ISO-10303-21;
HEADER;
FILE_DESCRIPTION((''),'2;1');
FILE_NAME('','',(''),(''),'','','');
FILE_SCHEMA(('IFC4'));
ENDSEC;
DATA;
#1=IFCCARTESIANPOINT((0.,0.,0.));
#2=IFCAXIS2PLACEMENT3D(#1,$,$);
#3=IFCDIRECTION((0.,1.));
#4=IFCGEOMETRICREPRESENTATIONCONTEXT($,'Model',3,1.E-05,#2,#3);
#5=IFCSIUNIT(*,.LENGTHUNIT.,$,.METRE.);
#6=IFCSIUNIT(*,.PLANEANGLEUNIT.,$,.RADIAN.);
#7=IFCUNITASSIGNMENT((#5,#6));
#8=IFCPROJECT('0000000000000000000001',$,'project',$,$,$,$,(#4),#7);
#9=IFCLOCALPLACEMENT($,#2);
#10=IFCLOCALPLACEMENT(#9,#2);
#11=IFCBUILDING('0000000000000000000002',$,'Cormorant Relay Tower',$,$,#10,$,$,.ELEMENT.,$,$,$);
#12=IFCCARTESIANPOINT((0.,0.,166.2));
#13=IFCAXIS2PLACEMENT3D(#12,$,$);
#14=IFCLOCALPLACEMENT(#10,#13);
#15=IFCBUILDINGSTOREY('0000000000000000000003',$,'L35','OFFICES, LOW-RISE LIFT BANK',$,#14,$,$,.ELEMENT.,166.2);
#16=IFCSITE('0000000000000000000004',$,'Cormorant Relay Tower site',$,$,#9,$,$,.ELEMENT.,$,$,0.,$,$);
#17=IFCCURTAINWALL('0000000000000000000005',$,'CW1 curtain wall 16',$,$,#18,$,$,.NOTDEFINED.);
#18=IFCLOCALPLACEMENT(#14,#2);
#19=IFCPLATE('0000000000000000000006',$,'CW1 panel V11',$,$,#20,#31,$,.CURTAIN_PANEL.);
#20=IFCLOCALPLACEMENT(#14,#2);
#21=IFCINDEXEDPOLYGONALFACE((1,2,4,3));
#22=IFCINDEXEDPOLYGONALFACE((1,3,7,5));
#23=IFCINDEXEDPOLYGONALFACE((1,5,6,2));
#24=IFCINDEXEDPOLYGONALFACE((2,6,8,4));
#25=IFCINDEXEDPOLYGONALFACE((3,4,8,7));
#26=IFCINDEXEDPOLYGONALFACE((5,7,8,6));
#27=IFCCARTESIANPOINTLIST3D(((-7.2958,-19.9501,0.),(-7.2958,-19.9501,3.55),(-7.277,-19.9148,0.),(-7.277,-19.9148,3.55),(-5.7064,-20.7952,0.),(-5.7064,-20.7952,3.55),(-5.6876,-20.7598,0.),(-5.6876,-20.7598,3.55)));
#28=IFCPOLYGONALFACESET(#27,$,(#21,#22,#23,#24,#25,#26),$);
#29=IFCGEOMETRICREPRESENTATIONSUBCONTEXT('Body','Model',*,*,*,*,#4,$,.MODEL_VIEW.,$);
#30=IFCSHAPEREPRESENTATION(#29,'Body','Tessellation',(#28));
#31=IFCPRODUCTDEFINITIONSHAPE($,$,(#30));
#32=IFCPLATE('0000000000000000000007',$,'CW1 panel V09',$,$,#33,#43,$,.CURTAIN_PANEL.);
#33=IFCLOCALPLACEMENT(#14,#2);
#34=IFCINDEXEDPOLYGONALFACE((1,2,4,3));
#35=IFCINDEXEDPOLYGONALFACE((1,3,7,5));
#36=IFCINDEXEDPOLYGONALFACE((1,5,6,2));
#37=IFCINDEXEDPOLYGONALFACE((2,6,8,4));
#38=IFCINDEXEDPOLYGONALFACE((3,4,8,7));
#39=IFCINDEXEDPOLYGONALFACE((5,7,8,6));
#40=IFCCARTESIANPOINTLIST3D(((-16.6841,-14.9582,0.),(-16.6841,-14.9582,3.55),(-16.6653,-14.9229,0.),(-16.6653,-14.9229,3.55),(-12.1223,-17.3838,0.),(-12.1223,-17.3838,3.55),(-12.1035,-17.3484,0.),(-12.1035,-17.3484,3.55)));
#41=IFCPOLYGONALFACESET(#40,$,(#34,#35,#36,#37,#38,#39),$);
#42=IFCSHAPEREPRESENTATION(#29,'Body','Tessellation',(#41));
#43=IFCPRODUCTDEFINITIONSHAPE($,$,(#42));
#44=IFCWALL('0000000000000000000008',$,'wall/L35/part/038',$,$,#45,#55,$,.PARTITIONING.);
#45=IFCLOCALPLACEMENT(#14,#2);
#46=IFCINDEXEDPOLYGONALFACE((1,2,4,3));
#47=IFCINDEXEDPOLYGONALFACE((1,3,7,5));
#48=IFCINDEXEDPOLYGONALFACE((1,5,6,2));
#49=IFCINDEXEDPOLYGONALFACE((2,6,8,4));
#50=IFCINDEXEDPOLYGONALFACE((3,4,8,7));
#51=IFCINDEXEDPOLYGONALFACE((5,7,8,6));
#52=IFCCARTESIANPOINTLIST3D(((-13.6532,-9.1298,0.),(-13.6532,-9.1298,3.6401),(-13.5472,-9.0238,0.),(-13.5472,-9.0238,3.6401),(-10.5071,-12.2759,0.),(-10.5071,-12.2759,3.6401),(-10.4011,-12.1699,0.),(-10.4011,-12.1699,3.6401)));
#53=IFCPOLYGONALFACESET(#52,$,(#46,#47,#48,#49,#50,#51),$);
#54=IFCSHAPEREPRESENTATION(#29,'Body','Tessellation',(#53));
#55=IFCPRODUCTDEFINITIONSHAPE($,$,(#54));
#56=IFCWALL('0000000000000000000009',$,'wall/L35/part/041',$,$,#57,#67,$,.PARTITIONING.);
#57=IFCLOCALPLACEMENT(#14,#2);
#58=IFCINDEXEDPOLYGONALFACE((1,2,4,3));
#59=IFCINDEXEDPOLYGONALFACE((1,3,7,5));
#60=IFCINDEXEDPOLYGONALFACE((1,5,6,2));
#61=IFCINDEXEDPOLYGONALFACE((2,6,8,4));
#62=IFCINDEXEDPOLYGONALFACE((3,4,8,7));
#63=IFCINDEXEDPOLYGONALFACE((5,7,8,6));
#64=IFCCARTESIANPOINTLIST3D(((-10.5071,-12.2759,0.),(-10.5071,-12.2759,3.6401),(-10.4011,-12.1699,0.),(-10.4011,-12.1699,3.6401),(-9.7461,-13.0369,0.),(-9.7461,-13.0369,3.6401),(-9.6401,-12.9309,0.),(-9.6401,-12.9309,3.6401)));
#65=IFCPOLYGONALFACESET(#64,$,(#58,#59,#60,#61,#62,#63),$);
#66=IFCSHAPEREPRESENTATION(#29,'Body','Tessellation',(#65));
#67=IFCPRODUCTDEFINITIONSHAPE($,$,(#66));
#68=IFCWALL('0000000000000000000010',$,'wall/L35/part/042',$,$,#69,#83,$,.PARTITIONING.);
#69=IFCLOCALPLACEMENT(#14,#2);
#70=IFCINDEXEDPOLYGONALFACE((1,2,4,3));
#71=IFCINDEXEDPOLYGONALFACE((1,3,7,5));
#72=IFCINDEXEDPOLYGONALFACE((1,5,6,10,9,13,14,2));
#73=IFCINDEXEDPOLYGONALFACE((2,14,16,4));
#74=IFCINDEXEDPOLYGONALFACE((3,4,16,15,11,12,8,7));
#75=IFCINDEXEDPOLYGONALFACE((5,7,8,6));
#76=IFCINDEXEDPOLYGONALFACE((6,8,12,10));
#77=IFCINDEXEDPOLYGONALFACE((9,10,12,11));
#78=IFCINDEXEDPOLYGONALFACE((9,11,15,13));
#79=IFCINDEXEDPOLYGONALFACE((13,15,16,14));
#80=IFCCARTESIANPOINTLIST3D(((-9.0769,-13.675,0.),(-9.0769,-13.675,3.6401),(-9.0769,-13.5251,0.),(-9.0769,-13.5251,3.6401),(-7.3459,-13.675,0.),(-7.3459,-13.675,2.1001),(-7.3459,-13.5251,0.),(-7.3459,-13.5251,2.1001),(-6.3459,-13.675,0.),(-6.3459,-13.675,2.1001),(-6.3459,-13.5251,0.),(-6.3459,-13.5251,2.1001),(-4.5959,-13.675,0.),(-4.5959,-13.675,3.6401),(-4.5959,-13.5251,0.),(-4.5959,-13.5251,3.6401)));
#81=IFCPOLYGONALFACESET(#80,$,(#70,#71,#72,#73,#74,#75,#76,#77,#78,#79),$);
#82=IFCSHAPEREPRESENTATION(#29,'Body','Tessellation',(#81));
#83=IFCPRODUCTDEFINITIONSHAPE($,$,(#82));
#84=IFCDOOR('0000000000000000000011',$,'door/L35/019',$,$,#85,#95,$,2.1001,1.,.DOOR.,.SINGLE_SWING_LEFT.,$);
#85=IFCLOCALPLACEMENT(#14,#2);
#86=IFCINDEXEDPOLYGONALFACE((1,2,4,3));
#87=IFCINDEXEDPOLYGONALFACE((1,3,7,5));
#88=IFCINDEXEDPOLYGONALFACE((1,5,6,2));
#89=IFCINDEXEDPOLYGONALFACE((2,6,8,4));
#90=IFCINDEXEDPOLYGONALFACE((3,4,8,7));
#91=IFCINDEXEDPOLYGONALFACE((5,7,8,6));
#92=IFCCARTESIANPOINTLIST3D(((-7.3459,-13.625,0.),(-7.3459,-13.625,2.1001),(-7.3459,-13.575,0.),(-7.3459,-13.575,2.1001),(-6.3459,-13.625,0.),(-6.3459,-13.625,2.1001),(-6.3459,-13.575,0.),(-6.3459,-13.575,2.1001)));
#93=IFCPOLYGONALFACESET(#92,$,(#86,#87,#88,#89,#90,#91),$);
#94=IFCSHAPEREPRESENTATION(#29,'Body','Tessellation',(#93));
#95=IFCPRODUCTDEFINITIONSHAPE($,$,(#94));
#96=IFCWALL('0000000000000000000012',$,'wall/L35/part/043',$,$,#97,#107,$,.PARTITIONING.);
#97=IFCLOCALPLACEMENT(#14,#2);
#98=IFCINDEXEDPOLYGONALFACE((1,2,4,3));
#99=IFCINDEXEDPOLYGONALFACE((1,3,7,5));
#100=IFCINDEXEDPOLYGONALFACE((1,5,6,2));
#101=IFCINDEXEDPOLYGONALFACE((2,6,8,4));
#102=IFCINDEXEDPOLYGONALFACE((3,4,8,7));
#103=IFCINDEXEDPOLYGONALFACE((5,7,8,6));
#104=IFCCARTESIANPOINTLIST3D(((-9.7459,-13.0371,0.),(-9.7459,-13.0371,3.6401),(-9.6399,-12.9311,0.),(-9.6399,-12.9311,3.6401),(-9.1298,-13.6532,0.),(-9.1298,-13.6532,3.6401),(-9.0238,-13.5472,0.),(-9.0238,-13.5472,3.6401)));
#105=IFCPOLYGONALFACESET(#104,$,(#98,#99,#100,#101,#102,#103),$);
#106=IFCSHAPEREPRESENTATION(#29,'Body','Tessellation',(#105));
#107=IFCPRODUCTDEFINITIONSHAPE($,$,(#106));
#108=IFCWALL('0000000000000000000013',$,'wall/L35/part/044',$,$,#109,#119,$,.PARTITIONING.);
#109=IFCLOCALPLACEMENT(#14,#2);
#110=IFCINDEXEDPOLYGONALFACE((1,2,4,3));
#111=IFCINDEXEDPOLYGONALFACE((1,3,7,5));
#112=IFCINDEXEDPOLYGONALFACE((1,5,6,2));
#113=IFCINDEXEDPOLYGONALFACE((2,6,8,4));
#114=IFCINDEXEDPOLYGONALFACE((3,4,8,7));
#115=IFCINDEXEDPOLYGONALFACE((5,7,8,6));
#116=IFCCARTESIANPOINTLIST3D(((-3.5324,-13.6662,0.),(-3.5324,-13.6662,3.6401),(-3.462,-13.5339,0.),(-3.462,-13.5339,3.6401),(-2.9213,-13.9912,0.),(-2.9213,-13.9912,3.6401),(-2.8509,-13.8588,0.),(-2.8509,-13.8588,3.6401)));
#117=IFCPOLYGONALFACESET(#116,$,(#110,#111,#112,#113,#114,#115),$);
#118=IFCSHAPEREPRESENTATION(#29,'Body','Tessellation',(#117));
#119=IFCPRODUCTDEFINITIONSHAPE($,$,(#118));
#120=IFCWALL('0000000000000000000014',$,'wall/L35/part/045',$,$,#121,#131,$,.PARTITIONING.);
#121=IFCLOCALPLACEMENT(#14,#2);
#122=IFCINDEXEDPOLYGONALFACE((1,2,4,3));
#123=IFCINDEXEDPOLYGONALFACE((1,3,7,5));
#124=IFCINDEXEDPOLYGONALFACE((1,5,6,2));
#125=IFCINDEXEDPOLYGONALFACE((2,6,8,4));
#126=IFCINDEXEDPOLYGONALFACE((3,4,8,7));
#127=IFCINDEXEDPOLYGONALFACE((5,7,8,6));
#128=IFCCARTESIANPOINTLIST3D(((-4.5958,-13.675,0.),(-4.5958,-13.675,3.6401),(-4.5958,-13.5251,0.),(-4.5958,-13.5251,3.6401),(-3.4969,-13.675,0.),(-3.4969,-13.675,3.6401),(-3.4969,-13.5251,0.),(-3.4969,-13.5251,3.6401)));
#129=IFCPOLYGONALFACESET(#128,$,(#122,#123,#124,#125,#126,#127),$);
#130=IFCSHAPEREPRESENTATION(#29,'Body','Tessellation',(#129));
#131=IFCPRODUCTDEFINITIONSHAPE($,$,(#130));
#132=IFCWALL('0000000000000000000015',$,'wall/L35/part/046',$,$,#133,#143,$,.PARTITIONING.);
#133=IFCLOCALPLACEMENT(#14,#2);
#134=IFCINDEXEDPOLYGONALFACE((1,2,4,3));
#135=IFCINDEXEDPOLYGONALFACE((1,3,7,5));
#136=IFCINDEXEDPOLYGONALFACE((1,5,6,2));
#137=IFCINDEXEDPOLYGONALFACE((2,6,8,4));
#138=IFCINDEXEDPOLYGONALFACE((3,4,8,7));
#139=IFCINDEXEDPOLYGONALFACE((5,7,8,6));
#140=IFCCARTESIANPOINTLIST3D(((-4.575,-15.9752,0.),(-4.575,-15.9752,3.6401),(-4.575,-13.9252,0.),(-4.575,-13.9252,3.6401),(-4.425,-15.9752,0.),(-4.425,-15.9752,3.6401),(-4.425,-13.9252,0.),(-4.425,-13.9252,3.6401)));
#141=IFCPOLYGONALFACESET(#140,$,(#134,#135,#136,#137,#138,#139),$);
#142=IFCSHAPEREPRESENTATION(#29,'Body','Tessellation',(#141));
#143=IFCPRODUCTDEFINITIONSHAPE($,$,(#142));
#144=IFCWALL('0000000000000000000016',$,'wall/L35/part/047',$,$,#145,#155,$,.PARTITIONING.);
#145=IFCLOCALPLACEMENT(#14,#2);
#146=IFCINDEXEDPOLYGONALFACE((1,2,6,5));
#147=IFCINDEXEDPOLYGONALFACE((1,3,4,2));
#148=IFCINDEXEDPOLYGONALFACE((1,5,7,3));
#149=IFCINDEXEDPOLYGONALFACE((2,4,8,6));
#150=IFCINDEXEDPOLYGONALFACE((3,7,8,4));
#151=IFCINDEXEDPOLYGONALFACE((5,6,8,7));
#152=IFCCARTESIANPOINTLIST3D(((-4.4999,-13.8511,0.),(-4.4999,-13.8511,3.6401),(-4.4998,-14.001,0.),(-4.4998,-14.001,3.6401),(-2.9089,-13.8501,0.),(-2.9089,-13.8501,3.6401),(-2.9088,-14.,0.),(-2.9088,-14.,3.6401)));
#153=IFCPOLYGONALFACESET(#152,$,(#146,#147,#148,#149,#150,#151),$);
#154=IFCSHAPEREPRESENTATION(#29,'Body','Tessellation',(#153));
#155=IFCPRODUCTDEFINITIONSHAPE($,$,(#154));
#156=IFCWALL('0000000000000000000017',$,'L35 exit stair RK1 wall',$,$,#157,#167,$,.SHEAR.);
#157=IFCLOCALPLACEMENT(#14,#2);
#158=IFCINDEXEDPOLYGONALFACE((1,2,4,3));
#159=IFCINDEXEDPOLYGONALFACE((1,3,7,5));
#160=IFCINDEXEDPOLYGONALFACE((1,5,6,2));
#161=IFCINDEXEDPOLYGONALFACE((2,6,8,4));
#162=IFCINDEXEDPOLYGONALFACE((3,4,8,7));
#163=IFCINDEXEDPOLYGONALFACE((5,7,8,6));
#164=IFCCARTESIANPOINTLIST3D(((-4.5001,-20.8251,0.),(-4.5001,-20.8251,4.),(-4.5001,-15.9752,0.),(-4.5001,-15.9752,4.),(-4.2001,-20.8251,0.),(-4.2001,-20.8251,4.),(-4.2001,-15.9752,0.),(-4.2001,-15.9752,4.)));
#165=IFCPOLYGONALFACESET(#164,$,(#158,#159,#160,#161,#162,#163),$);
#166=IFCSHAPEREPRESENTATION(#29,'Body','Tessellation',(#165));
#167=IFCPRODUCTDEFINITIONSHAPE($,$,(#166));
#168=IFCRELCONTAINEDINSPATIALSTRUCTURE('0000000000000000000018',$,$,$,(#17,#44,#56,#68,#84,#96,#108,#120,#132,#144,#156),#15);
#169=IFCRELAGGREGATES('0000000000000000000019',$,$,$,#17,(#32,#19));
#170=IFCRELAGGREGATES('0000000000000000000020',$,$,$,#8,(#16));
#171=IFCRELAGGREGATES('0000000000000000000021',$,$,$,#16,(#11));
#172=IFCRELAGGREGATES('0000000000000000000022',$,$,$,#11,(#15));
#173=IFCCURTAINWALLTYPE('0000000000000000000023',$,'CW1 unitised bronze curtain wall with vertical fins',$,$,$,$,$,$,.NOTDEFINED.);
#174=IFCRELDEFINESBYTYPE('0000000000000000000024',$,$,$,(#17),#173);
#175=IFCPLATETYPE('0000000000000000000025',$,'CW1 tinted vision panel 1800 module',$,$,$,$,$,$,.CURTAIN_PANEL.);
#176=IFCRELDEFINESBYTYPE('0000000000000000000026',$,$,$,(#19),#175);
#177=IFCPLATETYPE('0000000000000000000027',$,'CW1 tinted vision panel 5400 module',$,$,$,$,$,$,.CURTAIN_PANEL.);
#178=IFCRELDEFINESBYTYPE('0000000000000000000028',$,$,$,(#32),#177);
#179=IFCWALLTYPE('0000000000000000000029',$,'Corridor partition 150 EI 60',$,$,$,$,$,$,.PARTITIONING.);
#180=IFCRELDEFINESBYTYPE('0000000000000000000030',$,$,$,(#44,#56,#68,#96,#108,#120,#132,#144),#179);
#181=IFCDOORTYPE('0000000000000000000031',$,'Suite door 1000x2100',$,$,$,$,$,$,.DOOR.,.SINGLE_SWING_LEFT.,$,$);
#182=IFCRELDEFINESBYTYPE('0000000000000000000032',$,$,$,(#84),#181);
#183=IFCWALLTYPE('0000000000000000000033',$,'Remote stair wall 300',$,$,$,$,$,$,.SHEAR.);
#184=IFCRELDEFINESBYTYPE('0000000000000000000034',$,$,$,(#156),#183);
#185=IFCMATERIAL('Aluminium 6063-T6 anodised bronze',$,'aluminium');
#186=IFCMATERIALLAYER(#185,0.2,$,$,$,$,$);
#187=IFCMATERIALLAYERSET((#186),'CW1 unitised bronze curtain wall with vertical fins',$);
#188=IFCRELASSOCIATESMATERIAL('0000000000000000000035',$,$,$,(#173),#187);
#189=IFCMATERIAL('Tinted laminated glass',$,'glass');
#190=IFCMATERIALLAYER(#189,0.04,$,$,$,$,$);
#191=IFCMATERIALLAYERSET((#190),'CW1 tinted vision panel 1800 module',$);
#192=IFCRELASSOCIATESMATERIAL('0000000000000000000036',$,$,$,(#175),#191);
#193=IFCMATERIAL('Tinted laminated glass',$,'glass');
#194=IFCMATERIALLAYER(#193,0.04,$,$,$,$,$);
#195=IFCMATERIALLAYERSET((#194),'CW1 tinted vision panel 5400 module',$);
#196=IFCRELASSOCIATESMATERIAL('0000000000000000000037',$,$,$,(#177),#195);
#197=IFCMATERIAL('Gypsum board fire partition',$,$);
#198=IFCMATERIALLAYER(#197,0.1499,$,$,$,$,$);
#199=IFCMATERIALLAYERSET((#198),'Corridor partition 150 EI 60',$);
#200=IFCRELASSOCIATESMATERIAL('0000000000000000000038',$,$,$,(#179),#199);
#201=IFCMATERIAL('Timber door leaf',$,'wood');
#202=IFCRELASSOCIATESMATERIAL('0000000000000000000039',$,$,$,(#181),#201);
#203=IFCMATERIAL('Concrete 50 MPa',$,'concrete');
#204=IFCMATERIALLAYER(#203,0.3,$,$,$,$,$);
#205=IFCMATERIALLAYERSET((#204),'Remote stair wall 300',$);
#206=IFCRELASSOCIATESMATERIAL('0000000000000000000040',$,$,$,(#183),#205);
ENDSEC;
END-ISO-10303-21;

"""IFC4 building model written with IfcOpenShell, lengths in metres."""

from ifc_helpers import new_model, si_unit, direction, frame, frame_2d, origin, origin_2d, place, context, subcontext, project, spatial, rectangle, extrude, material, layer, layer_set, type_object, element, fill, aggregate, save


model = new_model("IFC4")

# Units and contexts
model_context = context("Model", 3, precision=1e-05, world=origin(), true_north=direction((0.0, 1.0)))
body_context = subcontext(model_context, "Body", "Model", "MODEL_VIEW")
ifc_project = project(units=[si_unit("LENGTHUNIT", "METRE"), si_unit("PLANEANGLEUNIT", "RADIAN")], contexts=[model_context])

# Site, building, storey
site_placement = place(None, origin())
site = spatial("IfcSite", under=ifc_project, at=site_placement, Name="Cormorant Relay Tower site", CompositionType="ELEMENT", RefElevation=0.0)
building_placement = place(site_placement, origin())
building = spatial("IfcBuilding", under=site, at=building_placement, Name="Cormorant Relay Tower", CompositionType="ELEMENT")
storey_placement = place(building_placement, frame((0.0, 0.0, 166.2)))
storey = spatial("IfcBuildingStorey", under=building, at=storey_placement, Name="L35", Description="OFFICES, LOW-RISE LIFT BANK", CompositionType="ELEMENT", Elevation=166.2)

# Shared definitions
ifc_material_1 = material(Name="Aluminium 6063-T6 anodised bronze", Category="aluminium")
ifc_layer_1 = layer(ifc_material_1, 0.2)
ifc_layer_set_1 = layer_set([ifc_layer_1], Name="CW1 unitised bronze curtain wall with vertical fins")
curtain_wall_type = type_object("IfcCurtainWallType", Name="CW1 unitised bronze curtain wall with vertical fins", PredefinedType="NOTDEFINED", material=ifc_layer_set_1)

# Curtain wall, plates
curtain_wall_1_placement = place(storey_placement, origin())
curtain_wall_1 = element("IfcCurtainWall", 1, at=curtain_wall_1_placement, inside=storey, type_object=curtain_wall_type, Name="CW1 curtain wall 16", PredefinedType="NOTDEFINED")
ifc_material_2 = material(Name="Tinted laminated glass", Category="glass")
ifc_layer_2 = layer(ifc_material_2, 0.04)
ifc_layer_set_2 = layer_set([ifc_layer_2], Name="CW1 tinted vision panel 1800 module")
plate_type_1 = type_object("IfcPlateType", Name="CW1 tinted vision panel 1800 module", PredefinedType="CURTAIN_PANEL", material=ifc_layer_set_2)
plate_1_placement = place(storey_placement, frame((-6.4917, -20.355, 0.0), z_axis=(0.0, 0.0, 1.0), x_axis=(0.882948, -0.469472, 0.0)))
plate_1 = element("IfcPlate", 2, at=plate_1_placement, type_object=plate_type_1, Name="CW1 panel V11", PredefinedType="CURTAIN_PANEL", context=body_context, shape_type="SweptSolid", body=[
    extrude(rectangle(XDim=1.8, YDim=0.04, at=origin_2d()), origin(), (0.0, 0.0, 1.0), 3.55),
])
ifc_material_3 = material(Name="Tinted laminated glass", Category="glass")
ifc_layer_3 = layer(ifc_material_3, 0.04)
ifc_layer_set_3 = layer_set([ifc_layer_3], Name="CW1 tinted vision panel 5400 module")
plate_type_2 = type_object("IfcPlateType", Name="CW1 tinted vision panel 5400 module", PredefinedType="CURTAIN_PANEL", material=ifc_layer_set_3)
plate_2_placement = place(storey_placement, frame((-14.3938, -16.1533, 0.0), z_axis=(0.0, 0.0, 1.0), x_axis=(0.882948, -0.469472, 0.0)))
plate_2 = element("IfcPlate", 3, at=plate_2_placement, type_object=plate_type_2, Name="CW1 panel V09", PredefinedType="CURTAIN_PANEL", context=body_context, shape_type="SweptSolid", body=[
    extrude(rectangle(XDim=5.1665, YDim=0.04, at=origin_2d()), origin(), (0.0, 0.0, 1.0), 3.55),
])

# Walls
ifc_material_4 = material(Name="Gypsum board fire partition")
ifc_layer_4 = layer(ifc_material_4, 0.1499)
ifc_layer_set_4 = layer_set([ifc_layer_4], Name="Corridor partition 150 EI 60")
wall_type_1 = type_object("IfcWallType", Name="Corridor partition 150 EI 60", PredefinedType="PARTITIONING", material=ifc_layer_set_4)
wall_1_placement = place(storey_placement, frame((-10.4541, -12.2229, 0.0), z_axis=(0.0, 0.0, 1.0), x_axis=(-0.707107, 0.707107, 0.0)))
element("IfcWall", 4, at=wall_1_placement, inside=storey, type_object=wall_type_1, Name="wall/L35/part/038", PredefinedType="PARTITIONING", context=body_context, shape_type="SweptSolid", body=[
    extrude(rectangle(XDim=4.4492, YDim=0.1499, at=frame_2d((2.2246, 0.0))), origin(), (0.0, 0.0, 1.0), 3.6401),
])
wall_2_placement = place(storey_placement, frame((-9.6931, -12.9839, 0.0), z_axis=(0.0, 0.0, 1.0), x_axis=(-0.707107, 0.707107, 0.0)))
element("IfcWall", 5, at=wall_2_placement, inside=storey, type_object=wall_type_1, Name="wall/L35/part/041", PredefinedType="PARTITIONING", context=body_context, shape_type="SweptSolid", body=[
    extrude(rectangle(XDim=1.0762, YDim=0.1499, at=frame_2d((0.5381, 0.0))), origin(), (0.0, 0.0, 1.0), 3.6401),
])

# Wall, opening, door
wall_3_placement = place(storey_placement, frame((-4.5959, -13.6001, 0.0), z_axis=(0.0, 0.0, 1.0), x_axis=(-1.0, 0.0, 0.0)))
wall_3 = element("IfcWall", 6, at=wall_3_placement, inside=storey, type_object=wall_type_1, Name="wall/L35/part/042", PredefinedType="PARTITIONING", context=body_context, shape_type="SweptSolid", body=[
    extrude(rectangle(XDim=4.481, YDim=0.1499, at=frame_2d((2.2405, 0.0))), origin(), (0.0, 0.0, 1.0), 3.6401),
])
opening_1_placement = place(wall_3_placement, frame((1.75, 0.0, 0.0)))
opening_1 = element("IfcOpeningElement", 7, at=opening_1_placement, cuts=wall_3, PredefinedType="OPENING", context=body_context, shape_type="SweptSolid", body=[
    extrude(rectangle(XDim=1.0, YDim=2.1001, at=frame_2d((0.5, 1.05))), frame((0.0, 0.085, 0.0), z_axis=(0.0, -1.0, 0.0), x_axis=(1.0, 0.0, 0.0)), (0.0, 0.0, 1.0), 0.1699),
])
ifc_material_5 = material(Name="Timber door leaf", Category="wood")
door_type_1 = type_object("IfcDoorType", Name="Suite door 1000x2100", OperationType="SINGLE_SWING_LEFT", PredefinedType="DOOR", material=ifc_material_5)
door_1_placement = place(opening_1_placement, origin())
door_1 = element("IfcDoor", 8, at=door_1_placement, inside=storey, type_object=door_type_1, Name="door/L35/019", OperationType="SINGLE_SWING_LEFT", OverallHeight=2.1001, OverallWidth=1.0, PredefinedType="DOOR", context=body_context, shape_type="SweptSolid", body=[
    extrude(rectangle(XDim=1.0, YDim=2.1001, at=frame_2d((0.5, 1.05))), frame((0.0, 0.0249, 0.0), z_axis=(0.0, -1.0, 0.0), x_axis=(1.0, 0.0, 0.0)), (0.0, 0.0, 1.0), 0.05),
])
fill(opening_1, door_1)

# Walls
wall_4_placement = place(storey_placement, frame((-9.0769, -13.6001, 0.0), z_axis=(0.0, 0.0, 1.0), x_axis=(-0.707107, 0.707107, 0.0)))
element("IfcWall", 9, at=wall_4_placement, inside=storey, type_object=wall_type_1, Name="wall/L35/part/043", PredefinedType="PARTITIONING", context=body_context, shape_type="SweptSolid", body=[
    extrude(rectangle(XDim=0.8713, YDim=0.1499, at=frame_2d((0.4355, 0.0))), origin(), (0.0, 0.0, 1.0), 3.6401),
])
wall_5_placement = place(storey_placement, frame((-2.886, -13.925, 0.0), z_axis=(0.0, 0.0, 1.0), x_axis=(-0.882928, 0.469508, 0.0)))
element("IfcWall", 10, at=wall_5_placement, inside=storey, type_object=wall_type_1, Name="wall/L35/part/044", PredefinedType="PARTITIONING", context=body_context, shape_type="SweptSolid", body=[
    extrude(rectangle(XDim=0.6921, YDim=0.1499, at=frame_2d((0.3462, 0.0))), origin(), (0.0, 0.0, 1.0), 3.6401),
])
wall_6_placement = place(storey_placement, frame((-3.4971, -13.6001, 0.0), z_axis=(0.0, 0.0, 1.0), x_axis=(-1.0, 0.0, 0.0)))
element("IfcWall", 11, at=wall_6_placement, inside=storey, type_object=wall_type_1, Name="wall/L35/part/045", PredefinedType="PARTITIONING", context=body_context, shape_type="SweptSolid", body=[
    extrude(rectangle(XDim=1.0989, YDim=0.1499, at=frame_2d((0.5493, 0.0))), origin(), (0.0, 0.0, 1.0), 3.6401),
])
wall_7_placement = place(storey_placement, frame((-4.5, -15.9751, 0.0), z_axis=(0.0, 0.0, 1.0), x_axis=(0.0, 1.0, 0.0)))
element("IfcWall", 12, at=wall_7_placement, inside=storey, type_object=wall_type_1, Name="wall/L35/part/046", PredefinedType="PARTITIONING", context=body_context, shape_type="SweptSolid", body=[
    extrude(rectangle(XDim=2.05, YDim=0.1499, at=frame_2d((1.0249, 0.0))), origin(), (0.0, 0.0, 1.0), 3.6401),
])
wall_8_placement = place(storey_placement, frame((-2.9089, -13.925, 0.0), z_axis=(0.0, 0.0, 1.0), x_axis=(-1.0, -0.000614, 0.0)))
element("IfcWall", 13, at=wall_8_placement, inside=storey, type_object=wall_type_1, Name="wall/L35/part/047", PredefinedType="PARTITIONING", context=body_context, shape_type="SweptSolid", body=[
    extrude(rectangle(XDim=1.5911, YDim=0.1499, at=frame_2d((0.7954, 0.0))), origin(), (0.0, 0.0, 1.0), 3.6401),
])
ifc_material_6 = material(Name="Concrete 50 MPa", Category="concrete")
ifc_layer_5 = layer(ifc_material_6, 0.3)
ifc_layer_set_5 = layer_set([ifc_layer_5], Name="Remote stair wall 300")
wall_type_2 = type_object("IfcWallType", Name="Remote stair wall 300", PredefinedType="SHEAR", material=ifc_layer_set_5)
wall_9_placement = place(storey_placement, frame((-4.3501, -20.825, 0.0), z_axis=(0.0, 0.0, 1.0), x_axis=(0.0, 1.0, 0.0)))
element("IfcWall", 14, at=wall_9_placement, inside=storey, type_object=wall_type_2, Name="L35 exit stair RK1 wall", PredefinedType="SHEAR", context=body_context, shape_type="SweptSolid", body=[
    extrude(rectangle(XDim=4.8499, YDim=0.3, at=frame_2d((2.4248, 0.0))), origin(), (0.0, 0.0, 1.0), 4.0),
])

aggregate(curtain_wall_1, [plate_2, plate_1])

save(model, "model.ifc")
